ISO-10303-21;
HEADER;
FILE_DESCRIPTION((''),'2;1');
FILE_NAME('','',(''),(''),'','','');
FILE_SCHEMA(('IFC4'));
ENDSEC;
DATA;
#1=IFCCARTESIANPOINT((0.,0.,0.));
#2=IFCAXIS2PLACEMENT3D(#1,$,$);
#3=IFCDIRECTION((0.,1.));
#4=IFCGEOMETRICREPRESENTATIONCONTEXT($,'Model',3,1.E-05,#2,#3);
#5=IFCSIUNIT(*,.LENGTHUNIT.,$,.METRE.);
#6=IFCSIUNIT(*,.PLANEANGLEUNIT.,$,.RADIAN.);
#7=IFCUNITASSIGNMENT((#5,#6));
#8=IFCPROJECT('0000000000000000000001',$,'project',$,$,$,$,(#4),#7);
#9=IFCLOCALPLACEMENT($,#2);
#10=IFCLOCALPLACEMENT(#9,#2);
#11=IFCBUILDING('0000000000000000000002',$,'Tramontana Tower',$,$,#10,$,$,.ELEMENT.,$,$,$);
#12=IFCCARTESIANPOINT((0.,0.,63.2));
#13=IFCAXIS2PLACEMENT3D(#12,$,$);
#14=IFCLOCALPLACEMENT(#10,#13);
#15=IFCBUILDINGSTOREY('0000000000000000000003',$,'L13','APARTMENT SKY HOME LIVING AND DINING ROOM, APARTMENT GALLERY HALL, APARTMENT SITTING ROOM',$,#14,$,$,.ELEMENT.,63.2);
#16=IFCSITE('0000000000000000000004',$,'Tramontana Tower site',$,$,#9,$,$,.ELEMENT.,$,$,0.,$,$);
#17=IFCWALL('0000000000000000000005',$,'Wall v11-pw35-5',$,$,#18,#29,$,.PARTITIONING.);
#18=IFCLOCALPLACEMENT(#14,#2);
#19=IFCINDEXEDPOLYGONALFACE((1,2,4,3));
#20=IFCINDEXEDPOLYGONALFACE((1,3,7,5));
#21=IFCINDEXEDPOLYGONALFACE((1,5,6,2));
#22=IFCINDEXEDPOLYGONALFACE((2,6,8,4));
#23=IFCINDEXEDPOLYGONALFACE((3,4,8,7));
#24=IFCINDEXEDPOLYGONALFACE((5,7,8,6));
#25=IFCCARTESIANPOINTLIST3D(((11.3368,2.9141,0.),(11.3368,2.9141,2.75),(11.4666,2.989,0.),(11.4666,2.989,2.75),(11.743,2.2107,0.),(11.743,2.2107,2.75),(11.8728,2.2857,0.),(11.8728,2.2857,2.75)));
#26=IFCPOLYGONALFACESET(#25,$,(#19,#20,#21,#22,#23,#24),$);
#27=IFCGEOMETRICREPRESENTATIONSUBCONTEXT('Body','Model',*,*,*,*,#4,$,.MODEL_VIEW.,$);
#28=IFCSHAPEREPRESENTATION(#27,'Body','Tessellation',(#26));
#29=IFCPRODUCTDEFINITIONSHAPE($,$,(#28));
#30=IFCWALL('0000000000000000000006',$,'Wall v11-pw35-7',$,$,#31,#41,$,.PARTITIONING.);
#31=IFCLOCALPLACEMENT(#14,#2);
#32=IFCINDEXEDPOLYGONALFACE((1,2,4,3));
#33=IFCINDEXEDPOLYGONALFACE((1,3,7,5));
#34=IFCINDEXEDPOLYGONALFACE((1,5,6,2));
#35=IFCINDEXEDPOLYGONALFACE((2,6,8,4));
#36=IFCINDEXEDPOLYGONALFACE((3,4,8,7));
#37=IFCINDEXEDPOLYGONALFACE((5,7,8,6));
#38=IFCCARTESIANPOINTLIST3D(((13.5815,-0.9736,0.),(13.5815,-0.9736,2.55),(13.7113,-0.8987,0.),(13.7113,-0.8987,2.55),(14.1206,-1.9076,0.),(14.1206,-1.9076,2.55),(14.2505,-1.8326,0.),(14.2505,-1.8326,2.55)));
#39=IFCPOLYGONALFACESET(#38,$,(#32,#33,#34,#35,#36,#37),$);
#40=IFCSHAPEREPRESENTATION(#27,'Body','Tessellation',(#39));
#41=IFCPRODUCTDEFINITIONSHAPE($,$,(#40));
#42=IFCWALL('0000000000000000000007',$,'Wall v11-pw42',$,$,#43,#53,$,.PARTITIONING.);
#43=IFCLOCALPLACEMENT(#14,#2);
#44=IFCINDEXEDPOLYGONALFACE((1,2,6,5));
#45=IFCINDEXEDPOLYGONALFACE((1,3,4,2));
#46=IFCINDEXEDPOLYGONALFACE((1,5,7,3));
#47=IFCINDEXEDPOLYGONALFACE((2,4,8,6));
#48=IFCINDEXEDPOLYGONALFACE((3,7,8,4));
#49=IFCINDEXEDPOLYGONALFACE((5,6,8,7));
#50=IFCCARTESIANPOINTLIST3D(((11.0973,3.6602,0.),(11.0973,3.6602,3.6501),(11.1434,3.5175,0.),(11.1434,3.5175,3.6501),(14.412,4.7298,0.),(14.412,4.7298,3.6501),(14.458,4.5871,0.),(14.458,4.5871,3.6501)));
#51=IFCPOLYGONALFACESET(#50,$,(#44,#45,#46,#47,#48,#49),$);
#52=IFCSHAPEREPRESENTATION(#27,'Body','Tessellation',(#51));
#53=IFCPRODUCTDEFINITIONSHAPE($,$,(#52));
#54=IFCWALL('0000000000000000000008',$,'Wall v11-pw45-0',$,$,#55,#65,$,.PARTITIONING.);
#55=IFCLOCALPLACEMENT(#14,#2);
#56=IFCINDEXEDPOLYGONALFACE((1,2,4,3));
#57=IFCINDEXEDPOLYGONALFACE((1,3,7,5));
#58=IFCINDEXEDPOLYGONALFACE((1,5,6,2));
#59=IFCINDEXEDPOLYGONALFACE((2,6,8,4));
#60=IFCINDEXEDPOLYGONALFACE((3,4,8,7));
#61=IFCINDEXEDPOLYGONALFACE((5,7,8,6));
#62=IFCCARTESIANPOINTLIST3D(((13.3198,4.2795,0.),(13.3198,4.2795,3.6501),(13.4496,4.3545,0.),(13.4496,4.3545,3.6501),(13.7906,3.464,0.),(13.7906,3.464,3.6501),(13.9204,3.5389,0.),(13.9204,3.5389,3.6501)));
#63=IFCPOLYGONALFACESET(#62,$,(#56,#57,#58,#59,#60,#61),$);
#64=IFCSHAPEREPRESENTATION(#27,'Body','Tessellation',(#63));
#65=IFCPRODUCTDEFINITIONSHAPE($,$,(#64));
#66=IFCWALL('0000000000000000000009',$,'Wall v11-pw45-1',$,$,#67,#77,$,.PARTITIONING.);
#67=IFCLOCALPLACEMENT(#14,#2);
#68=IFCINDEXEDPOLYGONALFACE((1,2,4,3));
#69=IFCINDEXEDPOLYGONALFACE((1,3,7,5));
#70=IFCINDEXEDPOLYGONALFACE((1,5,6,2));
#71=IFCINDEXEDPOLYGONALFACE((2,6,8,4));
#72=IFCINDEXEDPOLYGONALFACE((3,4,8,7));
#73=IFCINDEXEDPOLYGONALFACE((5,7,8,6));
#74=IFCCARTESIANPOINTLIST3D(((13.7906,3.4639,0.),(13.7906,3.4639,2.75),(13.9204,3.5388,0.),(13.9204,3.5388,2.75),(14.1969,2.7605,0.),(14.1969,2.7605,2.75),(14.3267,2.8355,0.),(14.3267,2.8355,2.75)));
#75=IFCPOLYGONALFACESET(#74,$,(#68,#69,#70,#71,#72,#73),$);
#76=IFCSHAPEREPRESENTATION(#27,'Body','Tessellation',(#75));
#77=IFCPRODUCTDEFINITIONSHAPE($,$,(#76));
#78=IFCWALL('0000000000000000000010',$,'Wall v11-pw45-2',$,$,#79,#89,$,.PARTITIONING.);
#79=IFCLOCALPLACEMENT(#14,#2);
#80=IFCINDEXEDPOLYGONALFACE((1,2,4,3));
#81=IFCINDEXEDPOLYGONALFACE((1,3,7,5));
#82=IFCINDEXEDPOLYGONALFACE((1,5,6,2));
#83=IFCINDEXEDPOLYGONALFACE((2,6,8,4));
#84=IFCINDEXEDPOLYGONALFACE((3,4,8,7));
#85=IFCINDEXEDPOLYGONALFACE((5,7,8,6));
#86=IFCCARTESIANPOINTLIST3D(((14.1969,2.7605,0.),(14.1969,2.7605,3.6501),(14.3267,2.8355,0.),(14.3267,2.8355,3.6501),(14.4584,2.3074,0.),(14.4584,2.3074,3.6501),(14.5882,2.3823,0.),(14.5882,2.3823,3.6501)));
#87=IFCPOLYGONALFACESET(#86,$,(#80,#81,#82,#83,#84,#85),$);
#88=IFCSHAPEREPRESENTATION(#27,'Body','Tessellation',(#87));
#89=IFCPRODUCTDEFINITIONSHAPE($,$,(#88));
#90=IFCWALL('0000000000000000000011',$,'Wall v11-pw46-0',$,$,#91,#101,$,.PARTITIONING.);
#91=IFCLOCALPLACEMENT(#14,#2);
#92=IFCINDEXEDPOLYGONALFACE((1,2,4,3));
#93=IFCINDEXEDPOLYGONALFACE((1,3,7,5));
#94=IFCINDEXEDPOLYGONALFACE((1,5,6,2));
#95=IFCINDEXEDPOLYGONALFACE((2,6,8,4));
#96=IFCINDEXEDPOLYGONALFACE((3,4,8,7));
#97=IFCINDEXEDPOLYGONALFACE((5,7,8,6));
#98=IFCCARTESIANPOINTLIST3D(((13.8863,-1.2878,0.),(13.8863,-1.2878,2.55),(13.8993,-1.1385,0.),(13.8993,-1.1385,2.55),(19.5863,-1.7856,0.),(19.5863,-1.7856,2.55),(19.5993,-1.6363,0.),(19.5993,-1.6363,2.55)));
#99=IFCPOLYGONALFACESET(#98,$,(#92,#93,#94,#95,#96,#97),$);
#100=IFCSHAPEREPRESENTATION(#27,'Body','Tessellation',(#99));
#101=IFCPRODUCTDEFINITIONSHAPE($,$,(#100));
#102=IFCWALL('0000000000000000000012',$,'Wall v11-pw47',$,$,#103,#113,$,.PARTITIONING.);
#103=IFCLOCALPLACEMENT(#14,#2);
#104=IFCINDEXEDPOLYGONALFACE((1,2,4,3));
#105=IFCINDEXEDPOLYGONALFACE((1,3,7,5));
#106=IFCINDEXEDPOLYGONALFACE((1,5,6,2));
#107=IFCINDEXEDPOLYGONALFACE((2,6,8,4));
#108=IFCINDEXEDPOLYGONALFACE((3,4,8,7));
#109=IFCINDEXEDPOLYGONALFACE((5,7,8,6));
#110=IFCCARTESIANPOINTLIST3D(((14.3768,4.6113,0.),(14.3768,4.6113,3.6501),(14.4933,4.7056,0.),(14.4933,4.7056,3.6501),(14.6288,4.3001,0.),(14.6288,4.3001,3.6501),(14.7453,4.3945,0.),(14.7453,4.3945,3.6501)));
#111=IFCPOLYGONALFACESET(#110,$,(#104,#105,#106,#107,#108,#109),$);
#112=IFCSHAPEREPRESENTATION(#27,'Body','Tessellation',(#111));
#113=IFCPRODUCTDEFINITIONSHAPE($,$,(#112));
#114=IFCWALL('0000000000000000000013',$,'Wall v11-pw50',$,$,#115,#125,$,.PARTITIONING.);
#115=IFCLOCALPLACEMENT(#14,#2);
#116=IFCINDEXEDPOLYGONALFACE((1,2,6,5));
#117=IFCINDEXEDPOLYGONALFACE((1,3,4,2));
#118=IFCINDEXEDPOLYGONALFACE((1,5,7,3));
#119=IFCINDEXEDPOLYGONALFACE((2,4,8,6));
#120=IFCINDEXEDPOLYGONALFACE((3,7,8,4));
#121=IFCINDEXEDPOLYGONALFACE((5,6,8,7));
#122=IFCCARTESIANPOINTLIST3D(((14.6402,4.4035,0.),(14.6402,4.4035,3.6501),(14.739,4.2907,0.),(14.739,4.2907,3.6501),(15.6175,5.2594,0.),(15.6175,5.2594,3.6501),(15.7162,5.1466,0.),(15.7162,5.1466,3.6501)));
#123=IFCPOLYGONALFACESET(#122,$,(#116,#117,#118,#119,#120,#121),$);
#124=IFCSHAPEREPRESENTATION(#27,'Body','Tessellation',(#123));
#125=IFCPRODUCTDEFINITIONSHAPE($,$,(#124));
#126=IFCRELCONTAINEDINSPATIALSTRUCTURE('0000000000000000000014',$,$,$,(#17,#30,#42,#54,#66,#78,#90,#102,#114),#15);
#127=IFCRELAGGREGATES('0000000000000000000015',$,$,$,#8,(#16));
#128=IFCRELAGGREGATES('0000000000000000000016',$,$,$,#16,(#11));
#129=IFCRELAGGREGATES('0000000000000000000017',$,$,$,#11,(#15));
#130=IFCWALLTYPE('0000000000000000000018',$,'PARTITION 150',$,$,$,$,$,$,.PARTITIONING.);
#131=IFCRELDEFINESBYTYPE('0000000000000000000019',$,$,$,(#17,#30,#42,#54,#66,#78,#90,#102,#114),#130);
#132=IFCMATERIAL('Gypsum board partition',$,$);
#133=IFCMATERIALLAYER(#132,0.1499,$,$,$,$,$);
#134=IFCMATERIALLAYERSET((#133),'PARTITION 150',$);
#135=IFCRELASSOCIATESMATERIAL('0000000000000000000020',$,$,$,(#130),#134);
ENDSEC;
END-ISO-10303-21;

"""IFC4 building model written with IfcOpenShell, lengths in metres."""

from ifc_helpers import new_model, si_unit, direction, frame, frame_2d, origin, place, context, subcontext, project, spatial, rectangle, extrude, material, layer, layer_set, type_object, element, save


model = new_model("IFC4")

# Units and contexts
model_context = context("Model", 3, precision=1e-05, world=origin(), true_north=direction((0.0, 1.0)))
body_context = subcontext(model_context, "Body", "Model", "MODEL_VIEW")
ifc_project = project(units=[si_unit("LENGTHUNIT", "METRE"), si_unit("PLANEANGLEUNIT", "RADIAN")], contexts=[model_context])

# Site, building, storey
site_placement = place(None, origin())
site = spatial("IfcSite", under=ifc_project, at=site_placement, Name="Tramontana Tower site", CompositionType="ELEMENT", RefElevation=0.0)
building_placement = place(site_placement, origin())
building = spatial("IfcBuilding", under=site, at=building_placement, Name="Tramontana Tower", CompositionType="ELEMENT")
storey_placement = place(building_placement, frame((0.0, 0.0, 63.2)))
storey = spatial("IfcBuildingStorey", under=building, at=storey_placement, Name="L13", Description="APARTMENT SKY HOME LIVING AND DINING ROOM, APARTMENT GALLERY HALL, APARTMENT SITTING ROOM", CompositionType="ELEMENT", Elevation=63.2)

# Wall
ifc_material_1 = material(Name="Gypsum board partition")
ifc_layer_1 = layer(ifc_material_1, 0.1499)
ifc_layer_set_1 = layer_set([ifc_layer_1], Name="PARTITION 150")
wall_type_1 = type_object("IfcWallType", Name="PARTITION 150", PredefinedType="PARTITIONING", material=ifc_layer_set_1)
wall_1_placement = place(storey_placement, frame((11.4016, 2.9517, 0.0), z_axis=(0.0, 0.0, 1.0), x_axis=(0.500147, -0.86594, 0.0)))
element("IfcWall", 1, at=wall_1_placement, inside=storey, type_object=wall_type_1, Name="Wall v11-pw35-5", PredefinedType="PARTITIONING", context=body_context, shape_type="SweptSolid", body=[
    extrude(rectangle(XDim=0.8123, YDim=0.1499, at=frame_2d((0.4062, 0.0))), origin(), (0.0, 0.0, 1.0), 2.75),
])

# Walls
wall_2_placement = place(storey_placement, frame((13.6465, -0.9363, 0.0), z_axis=(0.0, 0.0, 1.0), x_axis=(0.499938, -0.866061, 0.0)))
element("IfcWall", 2, at=wall_2_placement, inside=storey, type_object=wall_type_1, Name="Wall v11-pw35-7", PredefinedType="PARTITIONING", context=body_context, shape_type="SweptSolid", body=[
    extrude(rectangle(XDim=1.0784, YDim=0.1499, at=frame_2d((0.5391, 0.0))), origin(), (0.0, 0.0, 1.0), 2.55),
])
wall_3_placement = place(storey_placement, frame((11.1204, 3.5889, 0.0), z_axis=(0.0, 0.0, 1.0), x_axis=(0.951682, 0.307087, 0.0)))
element("IfcWall", 3, at=wall_3_placement, inside=storey, type_object=wall_type_1, Name="Wall v11-pw42", PredefinedType="PARTITIONING", context=body_context, shape_type="SweptSolid", body=[
    extrude(rectangle(XDim=3.4829, YDim=0.1499, at=frame_2d((1.7415, 0.0))), origin(), (0.0, 0.0, 1.0), 3.6501),
])
wall_4_placement = place(storey_placement, frame((13.3848, 4.3169, 0.0), z_axis=(0.0, 0.0, 1.0), x_axis=(0.499932, -0.866065, 0.0)))
element("IfcWall", 4, at=wall_4_placement, inside=storey, type_object=wall_type_1, Name="Wall v11-pw45-0", PredefinedType="PARTITIONING", context=body_context, shape_type="SweptSolid", body=[
    extrude(rectangle(XDim=0.9417, YDim=0.1499, at=frame_2d((0.4707, 0.0))), origin(), (0.0, 0.0, 1.0), 3.6501),
])
wall_5_placement = place(storey_placement, frame((13.8555, 3.5015, 0.0), z_axis=(0.0, 0.0, 1.0), x_axis=(0.500147, -0.86594, 0.0)))
element("IfcWall", 5, at=wall_5_placement, inside=storey, type_object=wall_type_1, Name="Wall v11-pw45-1", PredefinedType="PARTITIONING", context=body_context, shape_type="SweptSolid", body=[
    extrude(rectangle(XDim=0.8123, YDim=0.1499, at=frame_2d((0.4062, 0.0))), origin(), (0.0, 0.0, 1.0), 2.75),
])
wall_6_placement = place(storey_placement, frame((14.2617, 2.7981, 0.0), z_axis=(0.0, 0.0, 1.0), x_axis=(0.499803, -0.866139, 0.0)))
element("IfcWall", 6, at=wall_6_placement, inside=storey, type_object=wall_type_1, Name="Wall v11-pw45-2", PredefinedType="PARTITIONING", context=body_context, shape_type="SweptSolid", body=[
    extrude(rectangle(XDim=0.5232, YDim=0.1499, at=frame_2d((0.2617, 0.0))), origin(), (0.0, 0.0, 1.0), 3.6501),
])
wall_7_placement = place(storey_placement, frame((13.8928, -1.2131, 0.0), z_axis=(0.0, 0.0, 1.0), x_axis=(0.996208, -0.087003, 0.0)))
element("IfcWall", 7, at=wall_7_placement, inside=storey, type_object=wall_type_1, Name="Wall v11-pw46-0", PredefinedType="PARTITIONING", context=body_context, shape_type="SweptSolid", body=[
    extrude(rectangle(XDim=5.7217, YDim=0.1499, at=frame_2d((2.8608, 0.0))), origin(), (0.0, 0.0, 1.0), 2.55),
])
wall_8_placement = place(storey_placement, frame((14.4351, 4.6584, 0.0), z_axis=(0.0, 0.0, 1.0), x_axis=(0.629444, -0.777046, 0.0)))
element("IfcWall", 8, at=wall_8_placement, inside=storey, type_object=wall_type_1, Name="Wall v11-pw47", PredefinedType="PARTITIONING", context=body_context, shape_type="SweptSolid", body=[
    extrude(rectangle(XDim=0.4004, YDim=0.1499, at=frame_2d((0.2002, 0.0))), origin(), (0.0, 0.0, 1.0), 3.6501),
])

# Wall
wall_9_placement = place(storey_placement, frame((14.6897, 4.3472, 0.0), z_axis=(0.0, 0.0, 1.0), x_axis=(0.752262, 0.658864, 0.0)))
element("IfcWall", 9, at=wall_9_placement, inside=storey, type_object=wall_type_1, Name="Wall v11-pw50", PredefinedType="PARTITIONING", context=body_context, shape_type="SweptSolid", body=[
    extrude(rectangle(XDim=1.2991, YDim=0.1499, at=frame_2d((0.6494, 0.0))), origin(), (0.0, 0.0, 1.0), 3.6501),
])

save(model, "model.ifc")
